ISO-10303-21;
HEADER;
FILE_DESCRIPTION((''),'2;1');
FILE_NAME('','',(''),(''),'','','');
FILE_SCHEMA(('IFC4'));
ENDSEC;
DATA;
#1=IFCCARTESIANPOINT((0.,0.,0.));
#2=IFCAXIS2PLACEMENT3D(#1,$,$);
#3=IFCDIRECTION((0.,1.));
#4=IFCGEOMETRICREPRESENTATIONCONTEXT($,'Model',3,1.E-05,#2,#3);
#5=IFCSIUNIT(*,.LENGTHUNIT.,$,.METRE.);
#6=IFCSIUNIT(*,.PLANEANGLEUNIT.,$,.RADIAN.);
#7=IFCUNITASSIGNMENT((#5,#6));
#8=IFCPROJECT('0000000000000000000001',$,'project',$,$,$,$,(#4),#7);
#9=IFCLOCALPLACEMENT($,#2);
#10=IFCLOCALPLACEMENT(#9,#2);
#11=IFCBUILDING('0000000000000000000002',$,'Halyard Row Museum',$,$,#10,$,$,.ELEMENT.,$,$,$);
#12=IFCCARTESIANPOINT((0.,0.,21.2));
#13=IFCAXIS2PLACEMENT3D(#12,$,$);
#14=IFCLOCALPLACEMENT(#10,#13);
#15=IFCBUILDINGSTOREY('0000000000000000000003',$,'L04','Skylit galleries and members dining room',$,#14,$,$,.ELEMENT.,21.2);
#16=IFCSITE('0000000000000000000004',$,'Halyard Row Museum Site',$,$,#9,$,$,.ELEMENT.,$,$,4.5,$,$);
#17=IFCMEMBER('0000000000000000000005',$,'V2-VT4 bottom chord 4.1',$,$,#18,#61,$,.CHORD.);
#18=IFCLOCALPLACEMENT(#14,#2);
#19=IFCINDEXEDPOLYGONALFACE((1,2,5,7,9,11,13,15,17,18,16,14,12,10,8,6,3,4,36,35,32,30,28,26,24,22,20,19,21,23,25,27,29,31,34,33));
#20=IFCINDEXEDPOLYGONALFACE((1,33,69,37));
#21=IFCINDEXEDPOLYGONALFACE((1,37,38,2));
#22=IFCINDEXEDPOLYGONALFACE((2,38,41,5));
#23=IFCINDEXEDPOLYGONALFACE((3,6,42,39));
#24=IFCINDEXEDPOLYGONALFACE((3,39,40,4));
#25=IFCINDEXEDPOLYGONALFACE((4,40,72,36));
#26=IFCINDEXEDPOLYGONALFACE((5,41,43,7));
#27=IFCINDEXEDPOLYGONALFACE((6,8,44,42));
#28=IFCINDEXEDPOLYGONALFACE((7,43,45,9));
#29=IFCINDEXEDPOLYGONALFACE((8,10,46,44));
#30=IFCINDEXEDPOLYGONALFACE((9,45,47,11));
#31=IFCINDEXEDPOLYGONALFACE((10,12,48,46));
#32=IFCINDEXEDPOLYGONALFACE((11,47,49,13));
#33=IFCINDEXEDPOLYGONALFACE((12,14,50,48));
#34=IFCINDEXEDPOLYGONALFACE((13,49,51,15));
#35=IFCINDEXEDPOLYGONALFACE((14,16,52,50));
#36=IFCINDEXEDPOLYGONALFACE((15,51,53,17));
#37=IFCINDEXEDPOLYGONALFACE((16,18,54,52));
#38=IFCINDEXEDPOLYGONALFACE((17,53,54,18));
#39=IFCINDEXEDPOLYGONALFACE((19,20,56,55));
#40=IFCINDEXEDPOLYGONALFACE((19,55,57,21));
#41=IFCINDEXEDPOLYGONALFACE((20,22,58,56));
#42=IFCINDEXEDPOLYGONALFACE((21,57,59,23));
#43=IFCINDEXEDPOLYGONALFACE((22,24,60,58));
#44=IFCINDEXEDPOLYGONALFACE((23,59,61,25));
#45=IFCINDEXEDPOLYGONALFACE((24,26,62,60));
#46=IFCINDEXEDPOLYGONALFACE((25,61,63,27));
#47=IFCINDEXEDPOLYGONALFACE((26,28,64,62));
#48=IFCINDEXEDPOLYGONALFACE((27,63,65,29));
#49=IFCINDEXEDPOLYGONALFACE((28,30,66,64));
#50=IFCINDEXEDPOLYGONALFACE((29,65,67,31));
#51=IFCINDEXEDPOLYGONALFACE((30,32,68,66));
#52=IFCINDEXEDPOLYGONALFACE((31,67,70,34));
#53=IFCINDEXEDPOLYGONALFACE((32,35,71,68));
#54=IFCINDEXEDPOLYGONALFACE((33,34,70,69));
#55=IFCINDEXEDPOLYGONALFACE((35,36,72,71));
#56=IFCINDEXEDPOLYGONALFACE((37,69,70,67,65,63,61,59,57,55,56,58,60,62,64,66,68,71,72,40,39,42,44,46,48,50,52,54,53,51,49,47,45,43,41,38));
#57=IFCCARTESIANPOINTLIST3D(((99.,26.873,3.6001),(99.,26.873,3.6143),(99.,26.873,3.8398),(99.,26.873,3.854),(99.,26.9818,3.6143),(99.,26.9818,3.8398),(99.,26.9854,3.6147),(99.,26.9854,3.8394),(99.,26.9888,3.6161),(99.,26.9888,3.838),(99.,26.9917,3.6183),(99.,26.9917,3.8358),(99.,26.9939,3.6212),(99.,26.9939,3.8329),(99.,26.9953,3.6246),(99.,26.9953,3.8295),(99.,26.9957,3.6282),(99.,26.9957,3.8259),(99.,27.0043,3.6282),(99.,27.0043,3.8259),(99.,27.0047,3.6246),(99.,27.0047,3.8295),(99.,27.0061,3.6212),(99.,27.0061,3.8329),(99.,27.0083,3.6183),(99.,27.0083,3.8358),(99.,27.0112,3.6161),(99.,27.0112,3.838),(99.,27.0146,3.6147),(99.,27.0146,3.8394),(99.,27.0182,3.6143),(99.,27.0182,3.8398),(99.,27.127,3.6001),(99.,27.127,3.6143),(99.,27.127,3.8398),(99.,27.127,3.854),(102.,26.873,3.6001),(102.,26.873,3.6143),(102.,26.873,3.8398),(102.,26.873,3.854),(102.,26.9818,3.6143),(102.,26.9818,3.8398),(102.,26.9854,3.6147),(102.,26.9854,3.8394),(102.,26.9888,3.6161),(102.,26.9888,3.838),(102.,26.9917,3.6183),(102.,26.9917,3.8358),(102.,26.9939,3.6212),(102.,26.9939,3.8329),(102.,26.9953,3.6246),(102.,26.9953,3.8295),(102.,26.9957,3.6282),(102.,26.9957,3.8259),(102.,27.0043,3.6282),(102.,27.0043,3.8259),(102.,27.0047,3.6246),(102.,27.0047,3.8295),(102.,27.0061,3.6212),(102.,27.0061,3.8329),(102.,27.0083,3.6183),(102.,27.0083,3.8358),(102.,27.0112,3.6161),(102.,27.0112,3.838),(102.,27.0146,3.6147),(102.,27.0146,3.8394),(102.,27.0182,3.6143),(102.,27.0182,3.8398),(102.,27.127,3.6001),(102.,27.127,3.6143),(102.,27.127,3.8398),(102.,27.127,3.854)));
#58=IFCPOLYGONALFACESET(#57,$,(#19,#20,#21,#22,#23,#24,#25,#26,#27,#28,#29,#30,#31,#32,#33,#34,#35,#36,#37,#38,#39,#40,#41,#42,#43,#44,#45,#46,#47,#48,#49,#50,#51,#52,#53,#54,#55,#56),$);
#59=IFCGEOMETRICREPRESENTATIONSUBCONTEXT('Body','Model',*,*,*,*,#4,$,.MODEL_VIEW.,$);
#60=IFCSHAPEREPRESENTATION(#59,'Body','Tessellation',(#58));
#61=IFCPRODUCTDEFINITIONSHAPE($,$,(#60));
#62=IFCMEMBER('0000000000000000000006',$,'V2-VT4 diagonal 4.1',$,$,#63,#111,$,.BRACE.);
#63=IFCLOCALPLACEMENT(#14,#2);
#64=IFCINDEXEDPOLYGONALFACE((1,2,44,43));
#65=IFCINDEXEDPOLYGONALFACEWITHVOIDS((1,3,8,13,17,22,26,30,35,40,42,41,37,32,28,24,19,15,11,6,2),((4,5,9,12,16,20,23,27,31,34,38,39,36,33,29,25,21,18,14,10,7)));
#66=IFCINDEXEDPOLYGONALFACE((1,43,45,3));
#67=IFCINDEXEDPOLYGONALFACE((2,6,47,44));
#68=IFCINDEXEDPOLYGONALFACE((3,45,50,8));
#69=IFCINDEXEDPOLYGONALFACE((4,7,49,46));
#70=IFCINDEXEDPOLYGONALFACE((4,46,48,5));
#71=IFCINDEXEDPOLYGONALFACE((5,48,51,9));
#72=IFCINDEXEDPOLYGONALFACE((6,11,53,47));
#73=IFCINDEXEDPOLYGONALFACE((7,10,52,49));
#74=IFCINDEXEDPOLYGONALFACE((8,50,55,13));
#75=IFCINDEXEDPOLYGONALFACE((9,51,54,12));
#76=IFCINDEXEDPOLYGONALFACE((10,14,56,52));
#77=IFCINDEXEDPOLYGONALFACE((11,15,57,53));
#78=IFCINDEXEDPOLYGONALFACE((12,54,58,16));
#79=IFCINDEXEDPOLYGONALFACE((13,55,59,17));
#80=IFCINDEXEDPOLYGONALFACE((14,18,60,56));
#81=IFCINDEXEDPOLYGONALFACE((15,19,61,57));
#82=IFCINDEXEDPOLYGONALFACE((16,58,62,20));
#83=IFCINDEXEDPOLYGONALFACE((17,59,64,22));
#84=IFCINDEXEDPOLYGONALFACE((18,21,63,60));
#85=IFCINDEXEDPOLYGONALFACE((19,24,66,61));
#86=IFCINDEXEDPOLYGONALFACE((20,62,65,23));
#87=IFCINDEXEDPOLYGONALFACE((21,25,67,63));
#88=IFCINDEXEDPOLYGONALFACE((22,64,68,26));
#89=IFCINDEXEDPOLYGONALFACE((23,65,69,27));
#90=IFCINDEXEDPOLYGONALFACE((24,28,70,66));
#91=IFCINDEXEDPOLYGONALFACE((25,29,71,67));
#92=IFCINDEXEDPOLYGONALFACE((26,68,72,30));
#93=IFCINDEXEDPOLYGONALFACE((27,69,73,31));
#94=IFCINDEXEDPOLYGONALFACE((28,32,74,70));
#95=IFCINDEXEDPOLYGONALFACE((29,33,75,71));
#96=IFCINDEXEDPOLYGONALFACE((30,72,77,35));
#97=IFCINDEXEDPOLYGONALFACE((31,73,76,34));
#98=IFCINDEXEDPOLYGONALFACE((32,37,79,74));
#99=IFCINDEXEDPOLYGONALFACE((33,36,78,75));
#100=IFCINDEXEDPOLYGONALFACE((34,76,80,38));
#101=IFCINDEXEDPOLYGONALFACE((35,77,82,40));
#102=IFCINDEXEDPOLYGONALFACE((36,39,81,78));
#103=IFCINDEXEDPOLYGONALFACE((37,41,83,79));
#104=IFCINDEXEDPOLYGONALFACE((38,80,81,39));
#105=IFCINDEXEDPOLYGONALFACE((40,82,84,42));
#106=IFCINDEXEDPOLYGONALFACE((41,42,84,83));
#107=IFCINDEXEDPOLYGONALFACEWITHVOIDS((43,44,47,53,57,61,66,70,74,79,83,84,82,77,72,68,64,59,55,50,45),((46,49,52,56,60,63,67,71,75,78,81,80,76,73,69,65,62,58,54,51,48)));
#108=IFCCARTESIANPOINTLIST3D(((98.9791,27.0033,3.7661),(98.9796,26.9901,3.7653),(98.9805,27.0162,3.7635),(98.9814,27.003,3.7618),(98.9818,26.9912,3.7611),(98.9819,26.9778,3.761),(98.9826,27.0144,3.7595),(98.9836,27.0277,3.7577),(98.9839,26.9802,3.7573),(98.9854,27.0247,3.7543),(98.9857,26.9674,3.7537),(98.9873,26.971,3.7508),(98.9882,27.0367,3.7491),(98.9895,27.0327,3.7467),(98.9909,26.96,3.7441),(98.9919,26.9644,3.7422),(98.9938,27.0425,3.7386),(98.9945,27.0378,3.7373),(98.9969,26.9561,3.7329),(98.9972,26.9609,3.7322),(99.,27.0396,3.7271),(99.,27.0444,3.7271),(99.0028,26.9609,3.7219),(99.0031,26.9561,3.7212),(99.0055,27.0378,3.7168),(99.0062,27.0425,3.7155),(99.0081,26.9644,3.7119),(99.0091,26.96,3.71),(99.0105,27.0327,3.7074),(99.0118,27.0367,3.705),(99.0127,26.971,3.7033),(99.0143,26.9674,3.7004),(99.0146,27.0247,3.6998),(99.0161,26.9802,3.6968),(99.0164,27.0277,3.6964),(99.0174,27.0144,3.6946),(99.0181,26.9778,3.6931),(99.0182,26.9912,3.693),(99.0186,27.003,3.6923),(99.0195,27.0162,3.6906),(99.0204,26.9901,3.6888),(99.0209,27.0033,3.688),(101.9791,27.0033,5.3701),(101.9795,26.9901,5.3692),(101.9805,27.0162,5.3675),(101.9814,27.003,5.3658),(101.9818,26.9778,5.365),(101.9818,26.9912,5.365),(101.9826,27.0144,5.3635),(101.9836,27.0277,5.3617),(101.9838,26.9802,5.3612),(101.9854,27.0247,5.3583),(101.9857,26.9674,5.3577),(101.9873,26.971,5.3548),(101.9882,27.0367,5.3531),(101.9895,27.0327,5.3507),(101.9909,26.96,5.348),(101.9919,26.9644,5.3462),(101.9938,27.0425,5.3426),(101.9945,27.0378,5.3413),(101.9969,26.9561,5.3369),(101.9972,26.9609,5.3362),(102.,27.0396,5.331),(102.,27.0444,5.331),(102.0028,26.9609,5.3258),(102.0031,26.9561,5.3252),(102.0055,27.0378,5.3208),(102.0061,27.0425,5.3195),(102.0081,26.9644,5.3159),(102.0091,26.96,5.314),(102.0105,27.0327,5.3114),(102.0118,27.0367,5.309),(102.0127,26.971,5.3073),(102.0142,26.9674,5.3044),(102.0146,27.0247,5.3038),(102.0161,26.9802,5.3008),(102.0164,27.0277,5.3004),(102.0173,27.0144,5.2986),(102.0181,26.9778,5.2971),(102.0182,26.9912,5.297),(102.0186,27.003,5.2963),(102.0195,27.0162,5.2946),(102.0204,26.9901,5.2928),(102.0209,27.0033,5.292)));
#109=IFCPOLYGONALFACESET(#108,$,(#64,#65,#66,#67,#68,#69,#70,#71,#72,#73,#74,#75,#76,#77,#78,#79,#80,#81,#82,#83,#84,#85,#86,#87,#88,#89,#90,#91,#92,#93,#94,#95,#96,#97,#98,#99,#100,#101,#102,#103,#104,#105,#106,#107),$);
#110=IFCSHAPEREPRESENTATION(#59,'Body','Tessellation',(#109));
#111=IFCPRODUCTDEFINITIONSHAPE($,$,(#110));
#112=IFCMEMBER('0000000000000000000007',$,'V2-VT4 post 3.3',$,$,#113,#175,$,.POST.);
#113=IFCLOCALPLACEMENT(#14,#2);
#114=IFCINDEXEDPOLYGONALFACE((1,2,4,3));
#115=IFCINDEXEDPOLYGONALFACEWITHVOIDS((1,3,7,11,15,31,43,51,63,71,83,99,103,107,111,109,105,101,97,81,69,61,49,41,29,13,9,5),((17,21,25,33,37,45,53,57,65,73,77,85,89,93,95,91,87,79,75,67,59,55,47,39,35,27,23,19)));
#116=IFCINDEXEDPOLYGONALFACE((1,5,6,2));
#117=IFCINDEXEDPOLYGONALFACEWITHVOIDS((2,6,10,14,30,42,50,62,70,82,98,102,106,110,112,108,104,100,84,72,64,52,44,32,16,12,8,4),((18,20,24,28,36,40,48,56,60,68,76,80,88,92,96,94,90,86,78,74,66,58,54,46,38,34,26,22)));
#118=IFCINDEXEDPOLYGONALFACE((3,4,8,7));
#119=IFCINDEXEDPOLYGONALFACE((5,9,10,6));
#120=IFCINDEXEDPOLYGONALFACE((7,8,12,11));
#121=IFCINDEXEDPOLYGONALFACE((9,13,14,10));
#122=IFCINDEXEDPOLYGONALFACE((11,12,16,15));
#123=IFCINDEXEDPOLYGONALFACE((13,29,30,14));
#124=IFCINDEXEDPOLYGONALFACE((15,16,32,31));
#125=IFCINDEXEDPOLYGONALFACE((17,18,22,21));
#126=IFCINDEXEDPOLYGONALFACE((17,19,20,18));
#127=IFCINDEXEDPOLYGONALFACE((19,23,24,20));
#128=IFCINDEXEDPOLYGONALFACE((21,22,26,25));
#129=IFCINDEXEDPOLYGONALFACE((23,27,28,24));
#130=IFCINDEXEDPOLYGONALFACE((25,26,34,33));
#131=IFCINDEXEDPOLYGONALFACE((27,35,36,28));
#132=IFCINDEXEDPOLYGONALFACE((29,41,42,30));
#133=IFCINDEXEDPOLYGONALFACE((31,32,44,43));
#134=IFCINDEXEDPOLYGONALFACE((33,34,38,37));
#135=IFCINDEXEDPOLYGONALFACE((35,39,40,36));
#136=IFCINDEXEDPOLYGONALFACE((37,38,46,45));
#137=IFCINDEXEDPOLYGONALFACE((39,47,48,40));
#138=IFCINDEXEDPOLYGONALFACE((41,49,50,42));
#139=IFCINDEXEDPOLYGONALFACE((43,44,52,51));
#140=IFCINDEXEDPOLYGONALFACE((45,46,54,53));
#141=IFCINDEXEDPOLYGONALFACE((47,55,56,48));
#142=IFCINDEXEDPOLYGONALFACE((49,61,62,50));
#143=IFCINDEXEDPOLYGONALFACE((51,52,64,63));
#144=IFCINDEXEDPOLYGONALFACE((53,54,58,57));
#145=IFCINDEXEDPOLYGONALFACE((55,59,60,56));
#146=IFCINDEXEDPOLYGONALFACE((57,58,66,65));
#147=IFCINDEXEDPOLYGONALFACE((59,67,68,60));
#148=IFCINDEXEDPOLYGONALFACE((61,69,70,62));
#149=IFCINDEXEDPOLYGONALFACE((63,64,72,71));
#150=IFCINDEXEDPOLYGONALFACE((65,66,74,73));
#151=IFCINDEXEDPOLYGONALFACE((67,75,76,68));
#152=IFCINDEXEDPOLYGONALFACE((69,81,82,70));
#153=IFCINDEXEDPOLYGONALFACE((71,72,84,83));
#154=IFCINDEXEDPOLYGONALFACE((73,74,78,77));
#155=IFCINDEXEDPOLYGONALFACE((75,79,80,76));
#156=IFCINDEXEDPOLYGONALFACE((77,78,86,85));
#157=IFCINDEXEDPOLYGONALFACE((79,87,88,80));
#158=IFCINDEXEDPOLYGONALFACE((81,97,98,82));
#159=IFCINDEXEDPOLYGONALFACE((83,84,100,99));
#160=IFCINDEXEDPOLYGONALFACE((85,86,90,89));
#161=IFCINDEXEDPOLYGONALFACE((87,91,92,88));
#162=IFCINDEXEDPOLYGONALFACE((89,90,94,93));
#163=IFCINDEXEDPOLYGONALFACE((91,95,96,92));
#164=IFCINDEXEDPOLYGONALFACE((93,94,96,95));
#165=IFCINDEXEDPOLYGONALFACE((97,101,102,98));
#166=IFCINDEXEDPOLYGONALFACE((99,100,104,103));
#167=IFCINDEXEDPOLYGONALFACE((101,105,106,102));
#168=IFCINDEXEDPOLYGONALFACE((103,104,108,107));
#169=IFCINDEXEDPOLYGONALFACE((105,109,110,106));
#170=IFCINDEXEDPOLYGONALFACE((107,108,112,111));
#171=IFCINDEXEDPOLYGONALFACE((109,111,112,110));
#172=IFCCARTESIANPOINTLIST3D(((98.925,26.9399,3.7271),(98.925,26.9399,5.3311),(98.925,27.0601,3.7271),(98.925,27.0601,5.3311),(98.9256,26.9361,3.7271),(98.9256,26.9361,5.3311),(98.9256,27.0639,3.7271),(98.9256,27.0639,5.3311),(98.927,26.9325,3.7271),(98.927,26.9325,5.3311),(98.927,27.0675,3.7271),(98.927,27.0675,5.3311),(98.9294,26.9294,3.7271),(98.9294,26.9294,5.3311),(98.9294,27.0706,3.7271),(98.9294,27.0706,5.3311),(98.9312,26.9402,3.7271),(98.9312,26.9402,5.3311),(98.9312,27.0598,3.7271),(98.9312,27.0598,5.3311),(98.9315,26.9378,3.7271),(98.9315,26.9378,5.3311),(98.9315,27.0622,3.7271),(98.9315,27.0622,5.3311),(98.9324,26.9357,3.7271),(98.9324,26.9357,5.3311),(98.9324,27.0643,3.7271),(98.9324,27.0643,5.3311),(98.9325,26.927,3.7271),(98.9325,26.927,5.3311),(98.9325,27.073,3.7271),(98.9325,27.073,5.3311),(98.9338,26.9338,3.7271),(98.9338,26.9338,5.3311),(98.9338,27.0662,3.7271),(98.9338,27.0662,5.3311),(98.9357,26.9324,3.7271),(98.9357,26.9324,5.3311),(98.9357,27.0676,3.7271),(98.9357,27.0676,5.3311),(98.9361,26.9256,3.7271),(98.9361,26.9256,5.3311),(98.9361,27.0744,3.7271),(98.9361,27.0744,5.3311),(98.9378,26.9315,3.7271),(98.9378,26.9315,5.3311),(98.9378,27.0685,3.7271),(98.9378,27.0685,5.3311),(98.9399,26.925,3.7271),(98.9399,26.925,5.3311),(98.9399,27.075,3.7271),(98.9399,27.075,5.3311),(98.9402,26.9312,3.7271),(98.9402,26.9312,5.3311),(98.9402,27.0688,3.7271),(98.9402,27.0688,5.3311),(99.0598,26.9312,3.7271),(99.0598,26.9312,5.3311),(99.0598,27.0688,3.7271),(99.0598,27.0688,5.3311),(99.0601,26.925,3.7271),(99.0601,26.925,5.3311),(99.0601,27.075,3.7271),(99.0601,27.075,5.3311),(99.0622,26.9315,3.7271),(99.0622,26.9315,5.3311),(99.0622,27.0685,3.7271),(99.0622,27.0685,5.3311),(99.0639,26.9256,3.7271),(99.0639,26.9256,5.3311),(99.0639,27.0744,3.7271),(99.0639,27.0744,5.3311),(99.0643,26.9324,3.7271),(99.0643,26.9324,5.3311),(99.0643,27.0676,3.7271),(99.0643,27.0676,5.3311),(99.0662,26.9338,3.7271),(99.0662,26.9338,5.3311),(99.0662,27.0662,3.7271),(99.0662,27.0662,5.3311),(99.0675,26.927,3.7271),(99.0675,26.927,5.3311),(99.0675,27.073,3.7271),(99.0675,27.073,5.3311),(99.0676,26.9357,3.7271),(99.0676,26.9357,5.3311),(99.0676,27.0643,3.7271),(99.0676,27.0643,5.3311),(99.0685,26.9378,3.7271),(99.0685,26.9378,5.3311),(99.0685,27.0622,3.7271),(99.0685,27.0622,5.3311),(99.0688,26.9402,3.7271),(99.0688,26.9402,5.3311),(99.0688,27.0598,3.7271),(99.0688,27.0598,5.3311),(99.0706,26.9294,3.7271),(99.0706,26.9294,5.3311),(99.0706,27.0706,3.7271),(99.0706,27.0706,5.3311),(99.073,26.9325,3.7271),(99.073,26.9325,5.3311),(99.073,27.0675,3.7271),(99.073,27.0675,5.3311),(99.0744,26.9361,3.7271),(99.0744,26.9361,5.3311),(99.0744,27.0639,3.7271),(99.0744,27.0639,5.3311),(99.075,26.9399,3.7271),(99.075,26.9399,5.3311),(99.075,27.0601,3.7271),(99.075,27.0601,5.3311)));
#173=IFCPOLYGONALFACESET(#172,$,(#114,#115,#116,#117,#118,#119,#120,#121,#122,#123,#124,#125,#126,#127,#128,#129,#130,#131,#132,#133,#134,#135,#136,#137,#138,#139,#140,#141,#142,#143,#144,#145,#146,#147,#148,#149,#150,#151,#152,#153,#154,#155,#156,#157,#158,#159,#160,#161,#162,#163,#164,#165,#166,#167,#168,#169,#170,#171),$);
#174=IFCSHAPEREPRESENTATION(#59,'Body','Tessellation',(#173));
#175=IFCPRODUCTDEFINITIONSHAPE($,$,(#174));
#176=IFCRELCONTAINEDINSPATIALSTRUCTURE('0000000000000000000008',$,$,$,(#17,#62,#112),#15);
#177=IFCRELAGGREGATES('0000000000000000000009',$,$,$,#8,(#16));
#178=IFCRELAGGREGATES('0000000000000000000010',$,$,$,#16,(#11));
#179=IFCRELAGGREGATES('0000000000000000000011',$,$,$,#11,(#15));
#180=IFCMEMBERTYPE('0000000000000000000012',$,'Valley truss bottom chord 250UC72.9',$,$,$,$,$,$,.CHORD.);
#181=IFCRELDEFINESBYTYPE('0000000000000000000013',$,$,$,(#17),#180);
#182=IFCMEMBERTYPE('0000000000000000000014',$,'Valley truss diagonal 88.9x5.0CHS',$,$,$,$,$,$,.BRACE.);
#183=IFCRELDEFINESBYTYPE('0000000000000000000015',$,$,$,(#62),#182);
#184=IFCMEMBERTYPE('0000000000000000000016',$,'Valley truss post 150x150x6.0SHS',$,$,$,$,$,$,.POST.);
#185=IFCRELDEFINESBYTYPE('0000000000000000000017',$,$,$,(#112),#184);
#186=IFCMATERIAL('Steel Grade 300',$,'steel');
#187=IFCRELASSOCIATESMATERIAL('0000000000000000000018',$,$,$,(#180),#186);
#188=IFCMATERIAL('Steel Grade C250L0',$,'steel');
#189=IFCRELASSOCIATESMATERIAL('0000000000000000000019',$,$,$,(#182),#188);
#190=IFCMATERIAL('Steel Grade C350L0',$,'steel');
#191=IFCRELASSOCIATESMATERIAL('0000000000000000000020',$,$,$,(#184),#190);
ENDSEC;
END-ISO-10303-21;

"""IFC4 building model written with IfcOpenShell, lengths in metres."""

from ifc_helpers import new_model, si_unit, direction, frame, origin, origin_2d, place, context, subcontext, project, spatial, hollow_rectangle, hollow_circle, i_section, extrude, material, material_profile, profile_set, type_object, element, save


model = new_model("IFC4")

# Units and contexts
model_context = context("Model", 3, precision=1e-05, world=origin(), true_north=direction((0.0, 1.0)))
body_context = subcontext(model_context, "Body", "Model", "MODEL_VIEW")
ifc_project = project(units=[si_unit("LENGTHUNIT", "METRE"), si_unit("PLANEANGLEUNIT", "RADIAN")], contexts=[model_context])

# Site, building, storey
site_placement = place(None, origin())
site = spatial("IfcSite", under=ifc_project, at=site_placement, Name="Halyard Row Museum Site", CompositionType="ELEMENT", RefElevation=4.5)
building_placement = place(site_placement, origin())
building = spatial("IfcBuilding", under=site, at=building_placement, Name="Halyard Row Museum", CompositionType="ELEMENT")
storey_placement = place(building_placement, frame((0.0, 0.0, 21.2)))
storey = spatial("IfcBuildingStorey", under=building, at=storey_placement, Name="L04", Description="Skylit galleries and members dining room", CompositionType="ELEMENT", Elevation=21.2)

# Members
ifc_material_1 = material(Name="Steel Grade 300", Category="steel")
ifc_material_profile_1 = material_profile(ifc_material_1, i_section(OverallWidth=0.2539, OverallDepth=0.2539, WebThickness=0.0085, FlangeThickness=0.0142, FilletRadius=0.0139, at=origin_2d()), Name="250UC72.9")
ifc_profile_set_1 = profile_set([ifc_material_profile_1], Name="Steel Grade 300")
member_type_1 = type_object("IfcMemberType", Name="Valley truss bottom chord 250UC72.9", PredefinedType="CHORD", material=ifc_profile_set_1)
member_1_placement = place(storey_placement, frame((99.0, 27.0, 3.7271), z_axis=(1.0, 0.0, 0.0), x_axis=(0.0, 1.0, 0.0)))
element("IfcMember", 1, at=member_1_placement, inside=storey, type_object=member_type_1, Name="V2-VT4 bottom chord 4.1", PredefinedType="CHORD", context=body_context, shape_type="SweptSolid", body=[
    extrude(i_section(OverallWidth=0.2539, OverallDepth=0.2539, WebThickness=0.0085, FlangeThickness=0.0142, FilletRadius=0.0139, at=origin_2d()), origin(), (0.0, 0.0, 1.0), 3.0),
])
ifc_material_2 = material(Name="Steel Grade C250L0", Category="steel")
ifc_material_profile_2 = material_profile(ifc_material_2, hollow_circle(Radius=0.0444, WallThickness=0.0049, at=origin_2d()), Name="88.9x5.0CHS")
ifc_profile_set_2 = profile_set([ifc_material_profile_2], Name="Steel Grade C250L0")
member_type_2 = type_object("IfcMemberType", Name="Valley truss diagonal 88.9x5.0CHS", PredefinedType="BRACE", material=ifc_profile_set_2)
member_2_placement = place(storey_placement, frame((99.0, 27.0, 3.7271), z_axis=(0.881864, 0.0, 0.471504), x_axis=(0.0, 1.0, 0.0)))
element("IfcMember", 2, at=member_2_placement, inside=storey, type_object=member_type_2, Name="V2-VT4 diagonal 4.1", PredefinedType="BRACE", context=body_context, shape_type="SweptSolid", body=[
    extrude(hollow_circle(Radius=0.0444, WallThickness=0.0049, at=origin_2d()), origin(), (0.0, 0.0, 1.0), 3.4019),
])
ifc_material_3 = material(Name="Steel Grade C350L0", Category="steel")
ifc_material_profile_3 = material_profile(ifc_material_3, hollow_rectangle(XDim=0.1499, YDim=0.1499, WallThickness=0.0061, InnerFilletRadius=0.009, OuterFilletRadius=0.0149, at=origin_2d()), Name="150x150x6.0SHS")
ifc_profile_set_3 = profile_set([ifc_material_profile_3], Name="Steel Grade C350L0")
member_type_3 = type_object("IfcMemberType", Name="Valley truss post 150x150x6.0SHS", PredefinedType="POST", material=ifc_profile_set_3)
member_3_placement = place(storey_placement, frame((99.0, 27.0, 3.7271), z_axis=(0.0, 0.0, 1.0), x_axis=(1.0, 0.0, 0.0)))
element("IfcMember", 3, at=member_3_placement, inside=storey, type_object=member_type_3, Name="V2-VT4 post 3.3", PredefinedType="POST", context=body_context, shape_type="SweptSolid", body=[
    extrude(hollow_rectangle(XDim=0.1499, YDim=0.1499, WallThickness=0.0061, InnerFilletRadius=0.009, OuterFilletRadius=0.0149, at=origin_2d()), origin(), (0.0, 0.0, 1.0), 1.604),
])

save(model, "model.ifc")
